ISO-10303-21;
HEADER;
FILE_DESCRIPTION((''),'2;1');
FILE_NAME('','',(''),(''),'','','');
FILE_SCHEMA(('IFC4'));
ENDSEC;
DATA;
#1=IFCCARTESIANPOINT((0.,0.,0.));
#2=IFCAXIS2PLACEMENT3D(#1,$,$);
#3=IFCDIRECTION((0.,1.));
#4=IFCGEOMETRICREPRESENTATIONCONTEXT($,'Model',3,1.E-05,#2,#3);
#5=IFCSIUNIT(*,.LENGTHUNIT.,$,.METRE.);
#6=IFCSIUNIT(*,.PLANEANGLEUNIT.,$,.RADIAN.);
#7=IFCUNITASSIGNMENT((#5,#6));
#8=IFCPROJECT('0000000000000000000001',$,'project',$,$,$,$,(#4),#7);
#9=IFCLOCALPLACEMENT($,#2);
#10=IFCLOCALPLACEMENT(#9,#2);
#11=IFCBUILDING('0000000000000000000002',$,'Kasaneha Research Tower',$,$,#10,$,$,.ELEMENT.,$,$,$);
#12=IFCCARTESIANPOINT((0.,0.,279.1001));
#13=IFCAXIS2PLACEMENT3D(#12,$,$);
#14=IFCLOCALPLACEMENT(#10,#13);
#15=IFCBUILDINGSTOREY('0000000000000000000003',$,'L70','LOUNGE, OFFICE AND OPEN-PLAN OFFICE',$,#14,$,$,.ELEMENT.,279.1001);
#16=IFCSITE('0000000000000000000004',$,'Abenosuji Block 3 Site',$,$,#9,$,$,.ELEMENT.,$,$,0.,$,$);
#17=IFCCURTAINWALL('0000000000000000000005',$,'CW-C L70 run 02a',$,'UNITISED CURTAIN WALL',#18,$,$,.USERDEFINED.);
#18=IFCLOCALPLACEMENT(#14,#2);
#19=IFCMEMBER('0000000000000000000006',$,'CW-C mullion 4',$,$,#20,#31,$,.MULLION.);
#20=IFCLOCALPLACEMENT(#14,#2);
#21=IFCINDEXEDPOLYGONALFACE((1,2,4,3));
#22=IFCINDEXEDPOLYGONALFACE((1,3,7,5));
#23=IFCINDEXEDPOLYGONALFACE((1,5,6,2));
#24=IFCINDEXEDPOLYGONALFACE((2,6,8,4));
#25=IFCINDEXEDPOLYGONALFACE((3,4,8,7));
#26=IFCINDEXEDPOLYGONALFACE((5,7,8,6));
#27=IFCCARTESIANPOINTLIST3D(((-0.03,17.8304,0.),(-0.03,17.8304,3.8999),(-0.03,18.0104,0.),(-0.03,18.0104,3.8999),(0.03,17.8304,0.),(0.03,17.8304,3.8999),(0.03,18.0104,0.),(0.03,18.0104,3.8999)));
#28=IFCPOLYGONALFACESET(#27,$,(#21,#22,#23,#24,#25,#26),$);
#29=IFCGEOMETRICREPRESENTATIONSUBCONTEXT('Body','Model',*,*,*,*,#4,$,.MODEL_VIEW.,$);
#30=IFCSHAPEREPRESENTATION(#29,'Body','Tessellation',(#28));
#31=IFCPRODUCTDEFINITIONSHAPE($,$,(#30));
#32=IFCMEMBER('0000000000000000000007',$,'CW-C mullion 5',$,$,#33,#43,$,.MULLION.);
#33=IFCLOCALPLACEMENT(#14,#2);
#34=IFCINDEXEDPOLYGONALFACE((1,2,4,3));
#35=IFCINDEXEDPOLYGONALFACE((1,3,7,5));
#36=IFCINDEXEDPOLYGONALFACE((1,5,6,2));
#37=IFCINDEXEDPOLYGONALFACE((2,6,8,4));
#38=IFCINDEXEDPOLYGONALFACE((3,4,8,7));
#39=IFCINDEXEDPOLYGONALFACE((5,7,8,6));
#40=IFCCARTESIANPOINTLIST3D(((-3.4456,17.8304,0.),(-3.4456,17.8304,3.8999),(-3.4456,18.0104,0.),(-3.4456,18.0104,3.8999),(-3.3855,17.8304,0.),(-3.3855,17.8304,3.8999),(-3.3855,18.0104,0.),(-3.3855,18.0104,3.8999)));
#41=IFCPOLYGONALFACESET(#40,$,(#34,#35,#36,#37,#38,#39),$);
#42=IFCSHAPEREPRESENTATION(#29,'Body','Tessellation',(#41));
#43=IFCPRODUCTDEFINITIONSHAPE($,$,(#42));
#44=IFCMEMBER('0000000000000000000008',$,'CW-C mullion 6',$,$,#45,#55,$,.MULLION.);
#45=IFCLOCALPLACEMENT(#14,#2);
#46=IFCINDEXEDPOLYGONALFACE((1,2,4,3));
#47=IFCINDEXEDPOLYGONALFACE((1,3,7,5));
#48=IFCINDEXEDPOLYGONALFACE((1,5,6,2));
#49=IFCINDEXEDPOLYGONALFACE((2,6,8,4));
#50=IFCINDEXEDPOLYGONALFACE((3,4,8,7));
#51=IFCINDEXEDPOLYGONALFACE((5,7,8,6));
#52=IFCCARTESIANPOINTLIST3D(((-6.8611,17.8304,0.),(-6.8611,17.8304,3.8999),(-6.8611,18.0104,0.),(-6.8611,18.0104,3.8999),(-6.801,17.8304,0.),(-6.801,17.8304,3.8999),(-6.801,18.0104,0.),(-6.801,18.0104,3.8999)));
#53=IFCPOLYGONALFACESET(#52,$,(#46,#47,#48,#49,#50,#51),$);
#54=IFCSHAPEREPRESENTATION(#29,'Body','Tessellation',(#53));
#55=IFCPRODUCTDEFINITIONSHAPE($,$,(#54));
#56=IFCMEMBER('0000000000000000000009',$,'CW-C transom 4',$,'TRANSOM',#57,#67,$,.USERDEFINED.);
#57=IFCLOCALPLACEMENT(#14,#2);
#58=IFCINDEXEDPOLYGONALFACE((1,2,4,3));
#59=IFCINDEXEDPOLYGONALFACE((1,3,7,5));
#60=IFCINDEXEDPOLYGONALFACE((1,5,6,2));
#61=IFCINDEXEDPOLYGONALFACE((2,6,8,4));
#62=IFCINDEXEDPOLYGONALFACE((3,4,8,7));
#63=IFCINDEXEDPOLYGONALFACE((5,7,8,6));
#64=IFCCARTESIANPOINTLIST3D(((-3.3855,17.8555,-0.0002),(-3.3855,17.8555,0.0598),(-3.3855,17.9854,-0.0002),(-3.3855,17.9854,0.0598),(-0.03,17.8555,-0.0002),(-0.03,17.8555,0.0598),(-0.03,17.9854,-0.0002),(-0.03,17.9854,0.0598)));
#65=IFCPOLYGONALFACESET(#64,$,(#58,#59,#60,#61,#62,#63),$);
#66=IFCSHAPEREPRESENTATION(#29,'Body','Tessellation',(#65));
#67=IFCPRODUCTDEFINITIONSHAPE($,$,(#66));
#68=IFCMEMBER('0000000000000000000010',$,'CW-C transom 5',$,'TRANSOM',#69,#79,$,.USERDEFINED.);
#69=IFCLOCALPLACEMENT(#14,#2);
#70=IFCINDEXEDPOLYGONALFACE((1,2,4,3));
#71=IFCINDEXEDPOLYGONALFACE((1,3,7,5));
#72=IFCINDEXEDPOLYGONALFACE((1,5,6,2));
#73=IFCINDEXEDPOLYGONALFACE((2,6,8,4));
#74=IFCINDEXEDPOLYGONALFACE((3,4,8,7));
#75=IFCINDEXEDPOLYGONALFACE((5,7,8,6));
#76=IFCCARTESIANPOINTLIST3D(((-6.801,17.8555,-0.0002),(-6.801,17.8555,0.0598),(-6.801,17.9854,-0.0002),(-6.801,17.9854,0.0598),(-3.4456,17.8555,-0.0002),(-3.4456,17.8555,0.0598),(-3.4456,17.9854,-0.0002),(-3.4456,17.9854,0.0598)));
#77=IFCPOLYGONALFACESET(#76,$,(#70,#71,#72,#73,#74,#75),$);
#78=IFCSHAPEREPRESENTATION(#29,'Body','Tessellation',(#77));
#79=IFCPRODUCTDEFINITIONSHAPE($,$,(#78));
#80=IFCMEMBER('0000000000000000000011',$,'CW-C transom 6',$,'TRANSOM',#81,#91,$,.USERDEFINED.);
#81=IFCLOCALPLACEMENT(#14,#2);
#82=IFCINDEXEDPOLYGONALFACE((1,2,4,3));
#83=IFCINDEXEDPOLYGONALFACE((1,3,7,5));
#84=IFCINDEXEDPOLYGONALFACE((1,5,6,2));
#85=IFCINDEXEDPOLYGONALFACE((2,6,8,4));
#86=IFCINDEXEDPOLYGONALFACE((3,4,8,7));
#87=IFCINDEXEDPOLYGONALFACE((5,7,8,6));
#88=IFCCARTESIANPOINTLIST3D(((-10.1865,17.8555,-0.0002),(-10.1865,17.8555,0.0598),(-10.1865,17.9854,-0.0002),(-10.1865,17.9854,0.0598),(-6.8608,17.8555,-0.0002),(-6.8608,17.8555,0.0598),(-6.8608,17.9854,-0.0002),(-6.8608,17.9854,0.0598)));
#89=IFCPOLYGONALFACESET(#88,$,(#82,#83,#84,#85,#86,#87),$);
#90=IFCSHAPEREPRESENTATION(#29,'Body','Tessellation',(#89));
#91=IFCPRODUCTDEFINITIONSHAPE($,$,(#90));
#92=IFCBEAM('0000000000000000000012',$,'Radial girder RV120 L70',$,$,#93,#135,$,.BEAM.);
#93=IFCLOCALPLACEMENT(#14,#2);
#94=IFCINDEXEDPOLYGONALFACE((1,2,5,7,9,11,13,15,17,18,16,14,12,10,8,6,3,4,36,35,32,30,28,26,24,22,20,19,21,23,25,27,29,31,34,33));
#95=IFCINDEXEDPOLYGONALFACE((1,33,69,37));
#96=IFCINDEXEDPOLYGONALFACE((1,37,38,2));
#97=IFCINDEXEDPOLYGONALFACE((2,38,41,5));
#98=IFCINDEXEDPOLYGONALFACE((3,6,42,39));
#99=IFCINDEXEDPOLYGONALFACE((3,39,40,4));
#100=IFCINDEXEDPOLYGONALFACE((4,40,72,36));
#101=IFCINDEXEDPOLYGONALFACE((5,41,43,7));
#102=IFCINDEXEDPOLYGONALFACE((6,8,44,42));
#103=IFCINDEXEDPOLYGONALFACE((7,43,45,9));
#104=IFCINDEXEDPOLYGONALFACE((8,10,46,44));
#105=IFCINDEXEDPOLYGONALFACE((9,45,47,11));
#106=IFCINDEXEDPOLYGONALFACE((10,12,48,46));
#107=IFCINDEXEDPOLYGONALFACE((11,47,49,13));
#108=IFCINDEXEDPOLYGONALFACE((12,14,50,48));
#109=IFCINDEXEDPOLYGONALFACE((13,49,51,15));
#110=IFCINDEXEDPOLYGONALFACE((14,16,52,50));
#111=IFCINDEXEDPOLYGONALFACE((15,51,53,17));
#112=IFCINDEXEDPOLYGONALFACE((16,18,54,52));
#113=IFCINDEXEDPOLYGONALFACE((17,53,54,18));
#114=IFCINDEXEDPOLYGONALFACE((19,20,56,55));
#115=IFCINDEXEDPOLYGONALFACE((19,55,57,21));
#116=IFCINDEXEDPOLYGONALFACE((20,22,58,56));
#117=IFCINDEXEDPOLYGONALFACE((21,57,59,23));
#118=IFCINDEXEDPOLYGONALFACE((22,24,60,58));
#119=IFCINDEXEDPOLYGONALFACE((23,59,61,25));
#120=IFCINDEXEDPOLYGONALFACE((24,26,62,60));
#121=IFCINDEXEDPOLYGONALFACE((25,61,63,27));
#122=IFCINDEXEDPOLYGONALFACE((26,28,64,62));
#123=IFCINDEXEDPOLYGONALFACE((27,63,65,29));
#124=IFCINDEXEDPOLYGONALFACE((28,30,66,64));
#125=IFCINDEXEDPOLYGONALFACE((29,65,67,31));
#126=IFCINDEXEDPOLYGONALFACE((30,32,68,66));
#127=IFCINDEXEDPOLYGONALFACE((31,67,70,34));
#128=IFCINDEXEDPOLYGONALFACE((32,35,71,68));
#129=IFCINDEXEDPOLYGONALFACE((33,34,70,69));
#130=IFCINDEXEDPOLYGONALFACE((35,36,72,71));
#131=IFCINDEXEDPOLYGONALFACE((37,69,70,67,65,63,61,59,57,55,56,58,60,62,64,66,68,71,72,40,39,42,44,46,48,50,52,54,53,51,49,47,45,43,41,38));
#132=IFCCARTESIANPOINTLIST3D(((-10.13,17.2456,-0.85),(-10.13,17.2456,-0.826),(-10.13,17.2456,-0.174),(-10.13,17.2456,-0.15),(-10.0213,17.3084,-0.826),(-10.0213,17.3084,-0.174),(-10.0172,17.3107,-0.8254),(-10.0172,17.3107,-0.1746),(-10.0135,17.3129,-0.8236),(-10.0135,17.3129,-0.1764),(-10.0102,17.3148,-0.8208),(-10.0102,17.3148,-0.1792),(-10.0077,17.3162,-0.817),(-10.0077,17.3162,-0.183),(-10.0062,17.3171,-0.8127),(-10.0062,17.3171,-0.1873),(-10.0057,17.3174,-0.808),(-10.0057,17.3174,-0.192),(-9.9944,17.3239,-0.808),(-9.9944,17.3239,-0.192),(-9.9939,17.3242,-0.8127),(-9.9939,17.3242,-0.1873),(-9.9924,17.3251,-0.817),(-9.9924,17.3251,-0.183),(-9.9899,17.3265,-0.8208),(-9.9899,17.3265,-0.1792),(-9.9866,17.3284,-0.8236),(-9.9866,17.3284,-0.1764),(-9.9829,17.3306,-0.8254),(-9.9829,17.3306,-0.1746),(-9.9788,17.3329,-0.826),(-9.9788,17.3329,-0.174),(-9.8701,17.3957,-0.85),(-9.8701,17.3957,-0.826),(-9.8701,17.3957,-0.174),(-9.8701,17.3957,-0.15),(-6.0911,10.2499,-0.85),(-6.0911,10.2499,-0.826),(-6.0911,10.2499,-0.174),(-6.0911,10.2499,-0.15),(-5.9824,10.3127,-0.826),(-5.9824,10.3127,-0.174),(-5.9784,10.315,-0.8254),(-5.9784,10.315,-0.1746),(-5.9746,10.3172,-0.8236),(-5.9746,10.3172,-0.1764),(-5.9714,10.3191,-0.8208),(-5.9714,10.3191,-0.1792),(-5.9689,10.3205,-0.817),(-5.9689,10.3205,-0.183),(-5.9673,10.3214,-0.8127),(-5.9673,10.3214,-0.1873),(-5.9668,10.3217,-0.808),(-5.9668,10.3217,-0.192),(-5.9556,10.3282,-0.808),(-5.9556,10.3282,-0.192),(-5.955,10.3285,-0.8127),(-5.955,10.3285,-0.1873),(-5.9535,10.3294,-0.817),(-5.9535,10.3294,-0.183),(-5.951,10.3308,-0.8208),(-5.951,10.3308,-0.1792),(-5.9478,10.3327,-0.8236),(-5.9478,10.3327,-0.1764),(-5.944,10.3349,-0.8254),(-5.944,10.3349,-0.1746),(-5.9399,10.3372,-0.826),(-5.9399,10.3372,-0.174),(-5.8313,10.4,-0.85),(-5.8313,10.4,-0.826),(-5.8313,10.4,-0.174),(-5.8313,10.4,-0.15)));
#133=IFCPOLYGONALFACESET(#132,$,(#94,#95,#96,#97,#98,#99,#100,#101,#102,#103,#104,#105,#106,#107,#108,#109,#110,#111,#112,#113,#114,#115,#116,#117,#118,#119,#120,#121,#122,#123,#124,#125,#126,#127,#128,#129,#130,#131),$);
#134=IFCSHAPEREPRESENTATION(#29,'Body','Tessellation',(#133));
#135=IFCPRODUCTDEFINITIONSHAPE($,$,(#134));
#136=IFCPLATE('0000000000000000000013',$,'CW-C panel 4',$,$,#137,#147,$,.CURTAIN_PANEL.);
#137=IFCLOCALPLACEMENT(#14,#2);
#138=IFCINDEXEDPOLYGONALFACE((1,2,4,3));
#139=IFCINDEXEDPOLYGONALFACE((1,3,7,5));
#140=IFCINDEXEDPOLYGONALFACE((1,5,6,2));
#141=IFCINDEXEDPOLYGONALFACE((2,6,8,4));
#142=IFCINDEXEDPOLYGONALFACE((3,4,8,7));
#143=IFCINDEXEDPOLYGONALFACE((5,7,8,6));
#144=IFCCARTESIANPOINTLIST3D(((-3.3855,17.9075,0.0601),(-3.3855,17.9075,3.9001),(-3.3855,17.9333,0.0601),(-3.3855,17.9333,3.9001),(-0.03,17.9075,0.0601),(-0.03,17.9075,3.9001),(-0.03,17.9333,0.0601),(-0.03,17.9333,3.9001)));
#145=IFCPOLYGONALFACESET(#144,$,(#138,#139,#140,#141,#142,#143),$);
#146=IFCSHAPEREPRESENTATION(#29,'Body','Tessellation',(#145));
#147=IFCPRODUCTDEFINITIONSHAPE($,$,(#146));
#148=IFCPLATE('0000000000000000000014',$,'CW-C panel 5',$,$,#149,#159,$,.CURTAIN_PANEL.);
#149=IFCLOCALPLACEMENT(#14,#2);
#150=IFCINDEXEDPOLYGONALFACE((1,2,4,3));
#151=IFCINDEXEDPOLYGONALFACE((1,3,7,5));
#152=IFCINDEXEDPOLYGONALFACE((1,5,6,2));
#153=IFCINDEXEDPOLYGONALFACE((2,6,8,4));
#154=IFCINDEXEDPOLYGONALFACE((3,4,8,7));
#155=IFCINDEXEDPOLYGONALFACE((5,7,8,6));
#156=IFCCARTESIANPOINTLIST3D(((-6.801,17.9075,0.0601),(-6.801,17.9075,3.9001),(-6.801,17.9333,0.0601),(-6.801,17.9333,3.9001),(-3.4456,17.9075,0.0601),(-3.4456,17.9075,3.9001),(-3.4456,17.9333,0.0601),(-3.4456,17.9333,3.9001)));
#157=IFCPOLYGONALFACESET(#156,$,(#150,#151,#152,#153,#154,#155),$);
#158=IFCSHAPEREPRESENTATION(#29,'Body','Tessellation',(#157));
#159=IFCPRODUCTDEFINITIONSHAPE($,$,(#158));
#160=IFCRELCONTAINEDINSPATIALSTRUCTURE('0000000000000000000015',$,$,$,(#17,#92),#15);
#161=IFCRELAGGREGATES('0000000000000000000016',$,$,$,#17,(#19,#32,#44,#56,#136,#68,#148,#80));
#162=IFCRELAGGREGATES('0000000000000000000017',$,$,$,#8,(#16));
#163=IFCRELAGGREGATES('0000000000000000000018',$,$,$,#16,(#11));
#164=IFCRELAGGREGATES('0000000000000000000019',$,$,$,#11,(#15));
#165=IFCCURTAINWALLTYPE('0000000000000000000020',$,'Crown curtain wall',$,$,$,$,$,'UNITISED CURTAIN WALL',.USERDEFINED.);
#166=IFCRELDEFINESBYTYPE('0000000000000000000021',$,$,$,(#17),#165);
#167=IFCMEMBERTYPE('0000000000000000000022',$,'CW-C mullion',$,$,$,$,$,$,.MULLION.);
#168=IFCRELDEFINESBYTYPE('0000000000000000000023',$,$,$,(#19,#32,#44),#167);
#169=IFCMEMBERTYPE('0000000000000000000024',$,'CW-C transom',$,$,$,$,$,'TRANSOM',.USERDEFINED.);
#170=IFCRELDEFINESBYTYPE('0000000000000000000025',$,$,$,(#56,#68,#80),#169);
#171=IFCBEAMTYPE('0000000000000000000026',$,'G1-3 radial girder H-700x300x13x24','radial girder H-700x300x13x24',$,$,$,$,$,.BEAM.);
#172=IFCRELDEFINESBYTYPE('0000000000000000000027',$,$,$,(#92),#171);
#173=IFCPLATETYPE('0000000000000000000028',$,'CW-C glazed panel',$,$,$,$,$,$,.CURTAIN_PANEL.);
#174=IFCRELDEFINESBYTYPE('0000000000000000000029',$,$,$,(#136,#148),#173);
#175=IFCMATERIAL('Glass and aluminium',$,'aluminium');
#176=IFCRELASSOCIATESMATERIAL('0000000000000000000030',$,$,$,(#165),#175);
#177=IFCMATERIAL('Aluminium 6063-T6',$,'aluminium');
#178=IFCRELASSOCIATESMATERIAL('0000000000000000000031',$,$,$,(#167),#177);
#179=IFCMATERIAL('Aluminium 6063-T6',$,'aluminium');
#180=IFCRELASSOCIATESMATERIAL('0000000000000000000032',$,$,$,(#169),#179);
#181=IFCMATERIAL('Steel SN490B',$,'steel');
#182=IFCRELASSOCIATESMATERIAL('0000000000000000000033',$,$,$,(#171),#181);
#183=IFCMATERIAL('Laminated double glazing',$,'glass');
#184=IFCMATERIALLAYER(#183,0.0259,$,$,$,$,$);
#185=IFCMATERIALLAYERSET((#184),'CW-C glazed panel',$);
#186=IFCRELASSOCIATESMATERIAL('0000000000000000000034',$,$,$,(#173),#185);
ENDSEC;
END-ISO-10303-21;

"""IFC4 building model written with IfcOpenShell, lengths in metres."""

from ifc_helpers import new_model, si_unit, direction, frame, origin, origin_2d, place, context, subcontext, project, spatial, rectangle, i_section, extrude, material, layer, layer_set, material_profile, profile_set, type_object, element, aggregate, save


model = new_model("IFC4")

# Units and contexts
model_context = context("Model", 3, precision=1e-05, world=origin(), true_north=direction((0.0, 1.0)))
body_context = subcontext(model_context, "Body", "Model", "MODEL_VIEW")
ifc_project = project(units=[si_unit("LENGTHUNIT", "METRE"), si_unit("PLANEANGLEUNIT", "RADIAN")], contexts=[model_context])

# Site, building, storey
site_placement = place(None, origin())
site = spatial("IfcSite", under=ifc_project, at=site_placement, Name="Abenosuji Block 3 Site", CompositionType="ELEMENT", RefElevation=0.0)
building_placement = place(site_placement, origin())
building = spatial("IfcBuilding", under=site, at=building_placement, Name="Kasaneha Research Tower", CompositionType="ELEMENT")
storey_placement = place(building_placement, frame((0.0, 0.0, 279.1001)))
storey = spatial("IfcBuildingStorey", under=building, at=storey_placement, Name="L70", Description="LOUNGE, OFFICE AND OPEN-PLAN OFFICE", CompositionType="ELEMENT", Elevation=279.1001)

# Curtain wall, members
ifc_material_1 = material(Name="Glass and aluminium", Category="aluminium")
curtain_wall_type = type_object("IfcCurtainWallType", Name="Crown curtain wall", ElementType="UNITISED CURTAIN WALL", PredefinedType="USERDEFINED", material=ifc_material_1)
curtain_wall_placement = place(storey_placement, origin())
curtain_wall = element("IfcCurtainWall", 1, at=curtain_wall_placement, inside=storey, type_object=curtain_wall_type, Name="CW-C L70 run 02a", ObjectType="UNITISED CURTAIN WALL", PredefinedType="USERDEFINED")
ifc_material_2 = material(Name="Aluminium 6063-T6", Category="aluminium")
ifc_material_profile_1 = material_profile(ifc_material_2, rectangle(XDim=0.0601, YDim=0.1799, at=origin_2d()), Name="CW-C mullion 60x180")
ifc_profile_set_1 = profile_set([ifc_material_profile_1], Name="Aluminium 6063-T6")
member_type_1 = type_object("IfcMemberType", Name="CW-C mullion", PredefinedType="MULLION", material=ifc_profile_set_1)
member_1_placement = place(storey_placement, frame((0.0, 17.9204, 0.0), z_axis=(0.0, 0.0, 1.0), x_axis=(-1.0, 0.0, 0.0)))
member_1 = element("IfcMember", 2, at=member_1_placement, type_object=member_type_1, Name="CW-C mullion 4", PredefinedType="MULLION", context=body_context, shape_type="SweptSolid", body=[
    extrude(rectangle(XDim=0.0601, YDim=0.1799, at=origin_2d()), origin(), (0.0, 0.0, 1.0), 3.8999),
])
member_2_placement = place(storey_placement, frame((-3.4155, 17.9204, 0.0), z_axis=(0.0, 0.0, 1.0), x_axis=(-1.0, 0.0, 0.0)))
member_2 = element("IfcMember", 3, at=member_2_placement, type_object=member_type_1, Name="CW-C mullion 5", PredefinedType="MULLION", context=body_context, shape_type="SweptSolid", body=[
    extrude(rectangle(XDim=0.0601, YDim=0.1799, at=origin_2d()), origin(), (0.0, 0.0, 1.0), 3.8999),
])
member_3_placement = place(storey_placement, frame((-6.8311, 17.9204, 0.0), z_axis=(0.0, 0.0, 1.0), x_axis=(-1.0, 0.0, 0.0)))
member_3 = element("IfcMember", 4, at=member_3_placement, type_object=member_type_1, Name="CW-C mullion 6", PredefinedType="MULLION", context=body_context, shape_type="SweptSolid", body=[
    extrude(rectangle(XDim=0.0601, YDim=0.1799, at=origin_2d()), origin(), (0.0, 0.0, 1.0), 3.8999),
])
ifc_material_3 = material(Name="Aluminium 6063-T6", Category="aluminium")
ifc_material_profile_2 = material_profile(ifc_material_3, rectangle(XDim=0.1299, YDim=0.0601, at=origin_2d()), Name="CW-C transom 130x60")
ifc_profile_set_2 = profile_set([ifc_material_profile_2], Name="Aluminium 6063-T6")
member_type_2 = type_object("IfcMemberType", Name="CW-C transom", ElementType="TRANSOM", PredefinedType="USERDEFINED", material=ifc_profile_set_2)
member_4_placement = place(storey_placement, frame((-0.03, 17.9204, 0.0298), z_axis=(-1.0, 0.0, 0.0), x_axis=(0.0, -1.0, 0.0)))
member_4 = element("IfcMember", 5, at=member_4_placement, type_object=member_type_2, Name="CW-C transom 4", ObjectType="TRANSOM", PredefinedType="USERDEFINED", context=body_context, shape_type="SweptSolid", body=[
    extrude(rectangle(XDim=0.1299, YDim=0.0601, at=origin_2d()), origin(), (0.0, 0.0, 1.0), 3.3555),
])
member_5_placement = place(storey_placement, frame((-3.4456, 17.9204, 0.0298), z_axis=(-1.0, 0.0, 0.0), x_axis=(0.0, -1.0, 0.0)))
member_5 = element("IfcMember", 6, at=member_5_placement, type_object=member_type_2, Name="CW-C transom 5", ObjectType="TRANSOM", PredefinedType="USERDEFINED", context=body_context, shape_type="SweptSolid", body=[
    extrude(rectangle(XDim=0.1299, YDim=0.0601, at=origin_2d()), origin(), (0.0, 0.0, 1.0), 3.3555),
])
member_6_placement = place(storey_placement, frame((-6.8608, 17.9204, 0.0298), z_axis=(-1.0, 0.0, 0.0), x_axis=(0.0, -1.0, 0.0)))
member_6 = element("IfcMember", 7, at=member_6_placement, type_object=member_type_2, Name="CW-C transom 6", ObjectType="TRANSOM", PredefinedType="USERDEFINED", context=body_context, shape_type="SweptSolid", body=[
    extrude(rectangle(XDim=0.1299, YDim=0.0601, at=origin_2d()), origin(), (0.0, 0.0, 1.0), 3.3257),
])

# Beam
ifc_material_4 = material(Name="Steel SN490B", Category="steel")
ifc_material_profile_3 = material_profile(ifc_material_4, i_section(OverallWidth=0.3, OverallDepth=0.7, WebThickness=0.0129, FlangeThickness=0.0239, FilletRadius=0.0181, at=origin_2d()), Name="H-700x300x13x24")
ifc_profile_set_3 = profile_set([ifc_material_profile_3], Name="Steel SN490B")
beam_type = type_object("IfcBeamType", Name="G1-3 radial girder H-700x300x13x24", Description="radial girder H-700x300x13x24", PredefinedType="BEAM", material=ifc_profile_set_3)
beam_placement = place(storey_placement, frame((-5.9612, 10.325, -0.5), z_axis=(-0.499991, 0.866031, 0.0), x_axis=(-0.866031, -0.499991, 0.0)))
element("IfcBeam", 8, at=beam_placement, inside=storey, type_object=beam_type, Name="Radial girder RV120 L70", PredefinedType="BEAM", context=body_context, shape_type="SweptSolid", body=[
    extrude(i_section(OverallWidth=0.3, OverallDepth=0.7, WebThickness=0.0129, FlangeThickness=0.0239, FilletRadius=0.0181, at=origin_2d()), origin(), (0.0, 0.0, 1.0), 8.0779),
])

# Plates
ifc_material_5 = material(Name="Laminated double glazing", Category="glass")
ifc_layer_1 = layer(ifc_material_5, 0.0259)
ifc_layer_set_1 = layer_set([ifc_layer_1], Name="CW-C glazed panel")
plate_type = type_object("IfcPlateType", Name="CW-C glazed panel", PredefinedType="CURTAIN_PANEL", material=ifc_layer_set_1)
plate_1_placement = place(storey_placement, frame((-1.7078, 17.9204, 0.0601), z_axis=(0.0, 0.0, 1.0), x_axis=(-1.0, 0.0, 0.0)))
plate_1 = element("IfcPlate", 9, at=plate_1_placement, type_object=plate_type, Name="CW-C panel 4", PredefinedType="CURTAIN_PANEL", context=body_context, shape_type="SweptSolid", body=[
    extrude(rectangle(XDim=3.3555, YDim=0.0259, at=origin_2d()), origin(), (0.0, 0.0, 1.0), 3.8401),
])
plate_2_placement = place(storey_placement, frame((-5.1233, 17.9204, 0.0601), z_axis=(0.0, 0.0, 1.0), x_axis=(-1.0, 0.0, 0.0)))
plate_2 = element("IfcPlate", 10, at=plate_2_placement, type_object=plate_type, Name="CW-C panel 5", PredefinedType="CURTAIN_PANEL", context=body_context, shape_type="SweptSolid", body=[
    extrude(rectangle(XDim=3.3555, YDim=0.0259, at=origin_2d()), origin(), (0.0, 0.0, 1.0), 3.8401),
])
aggregate(curtain_wall, [member_1, member_2, member_3, member_4, plate_1, member_5, plate_2, member_6])

save(model, "model.ifc")
